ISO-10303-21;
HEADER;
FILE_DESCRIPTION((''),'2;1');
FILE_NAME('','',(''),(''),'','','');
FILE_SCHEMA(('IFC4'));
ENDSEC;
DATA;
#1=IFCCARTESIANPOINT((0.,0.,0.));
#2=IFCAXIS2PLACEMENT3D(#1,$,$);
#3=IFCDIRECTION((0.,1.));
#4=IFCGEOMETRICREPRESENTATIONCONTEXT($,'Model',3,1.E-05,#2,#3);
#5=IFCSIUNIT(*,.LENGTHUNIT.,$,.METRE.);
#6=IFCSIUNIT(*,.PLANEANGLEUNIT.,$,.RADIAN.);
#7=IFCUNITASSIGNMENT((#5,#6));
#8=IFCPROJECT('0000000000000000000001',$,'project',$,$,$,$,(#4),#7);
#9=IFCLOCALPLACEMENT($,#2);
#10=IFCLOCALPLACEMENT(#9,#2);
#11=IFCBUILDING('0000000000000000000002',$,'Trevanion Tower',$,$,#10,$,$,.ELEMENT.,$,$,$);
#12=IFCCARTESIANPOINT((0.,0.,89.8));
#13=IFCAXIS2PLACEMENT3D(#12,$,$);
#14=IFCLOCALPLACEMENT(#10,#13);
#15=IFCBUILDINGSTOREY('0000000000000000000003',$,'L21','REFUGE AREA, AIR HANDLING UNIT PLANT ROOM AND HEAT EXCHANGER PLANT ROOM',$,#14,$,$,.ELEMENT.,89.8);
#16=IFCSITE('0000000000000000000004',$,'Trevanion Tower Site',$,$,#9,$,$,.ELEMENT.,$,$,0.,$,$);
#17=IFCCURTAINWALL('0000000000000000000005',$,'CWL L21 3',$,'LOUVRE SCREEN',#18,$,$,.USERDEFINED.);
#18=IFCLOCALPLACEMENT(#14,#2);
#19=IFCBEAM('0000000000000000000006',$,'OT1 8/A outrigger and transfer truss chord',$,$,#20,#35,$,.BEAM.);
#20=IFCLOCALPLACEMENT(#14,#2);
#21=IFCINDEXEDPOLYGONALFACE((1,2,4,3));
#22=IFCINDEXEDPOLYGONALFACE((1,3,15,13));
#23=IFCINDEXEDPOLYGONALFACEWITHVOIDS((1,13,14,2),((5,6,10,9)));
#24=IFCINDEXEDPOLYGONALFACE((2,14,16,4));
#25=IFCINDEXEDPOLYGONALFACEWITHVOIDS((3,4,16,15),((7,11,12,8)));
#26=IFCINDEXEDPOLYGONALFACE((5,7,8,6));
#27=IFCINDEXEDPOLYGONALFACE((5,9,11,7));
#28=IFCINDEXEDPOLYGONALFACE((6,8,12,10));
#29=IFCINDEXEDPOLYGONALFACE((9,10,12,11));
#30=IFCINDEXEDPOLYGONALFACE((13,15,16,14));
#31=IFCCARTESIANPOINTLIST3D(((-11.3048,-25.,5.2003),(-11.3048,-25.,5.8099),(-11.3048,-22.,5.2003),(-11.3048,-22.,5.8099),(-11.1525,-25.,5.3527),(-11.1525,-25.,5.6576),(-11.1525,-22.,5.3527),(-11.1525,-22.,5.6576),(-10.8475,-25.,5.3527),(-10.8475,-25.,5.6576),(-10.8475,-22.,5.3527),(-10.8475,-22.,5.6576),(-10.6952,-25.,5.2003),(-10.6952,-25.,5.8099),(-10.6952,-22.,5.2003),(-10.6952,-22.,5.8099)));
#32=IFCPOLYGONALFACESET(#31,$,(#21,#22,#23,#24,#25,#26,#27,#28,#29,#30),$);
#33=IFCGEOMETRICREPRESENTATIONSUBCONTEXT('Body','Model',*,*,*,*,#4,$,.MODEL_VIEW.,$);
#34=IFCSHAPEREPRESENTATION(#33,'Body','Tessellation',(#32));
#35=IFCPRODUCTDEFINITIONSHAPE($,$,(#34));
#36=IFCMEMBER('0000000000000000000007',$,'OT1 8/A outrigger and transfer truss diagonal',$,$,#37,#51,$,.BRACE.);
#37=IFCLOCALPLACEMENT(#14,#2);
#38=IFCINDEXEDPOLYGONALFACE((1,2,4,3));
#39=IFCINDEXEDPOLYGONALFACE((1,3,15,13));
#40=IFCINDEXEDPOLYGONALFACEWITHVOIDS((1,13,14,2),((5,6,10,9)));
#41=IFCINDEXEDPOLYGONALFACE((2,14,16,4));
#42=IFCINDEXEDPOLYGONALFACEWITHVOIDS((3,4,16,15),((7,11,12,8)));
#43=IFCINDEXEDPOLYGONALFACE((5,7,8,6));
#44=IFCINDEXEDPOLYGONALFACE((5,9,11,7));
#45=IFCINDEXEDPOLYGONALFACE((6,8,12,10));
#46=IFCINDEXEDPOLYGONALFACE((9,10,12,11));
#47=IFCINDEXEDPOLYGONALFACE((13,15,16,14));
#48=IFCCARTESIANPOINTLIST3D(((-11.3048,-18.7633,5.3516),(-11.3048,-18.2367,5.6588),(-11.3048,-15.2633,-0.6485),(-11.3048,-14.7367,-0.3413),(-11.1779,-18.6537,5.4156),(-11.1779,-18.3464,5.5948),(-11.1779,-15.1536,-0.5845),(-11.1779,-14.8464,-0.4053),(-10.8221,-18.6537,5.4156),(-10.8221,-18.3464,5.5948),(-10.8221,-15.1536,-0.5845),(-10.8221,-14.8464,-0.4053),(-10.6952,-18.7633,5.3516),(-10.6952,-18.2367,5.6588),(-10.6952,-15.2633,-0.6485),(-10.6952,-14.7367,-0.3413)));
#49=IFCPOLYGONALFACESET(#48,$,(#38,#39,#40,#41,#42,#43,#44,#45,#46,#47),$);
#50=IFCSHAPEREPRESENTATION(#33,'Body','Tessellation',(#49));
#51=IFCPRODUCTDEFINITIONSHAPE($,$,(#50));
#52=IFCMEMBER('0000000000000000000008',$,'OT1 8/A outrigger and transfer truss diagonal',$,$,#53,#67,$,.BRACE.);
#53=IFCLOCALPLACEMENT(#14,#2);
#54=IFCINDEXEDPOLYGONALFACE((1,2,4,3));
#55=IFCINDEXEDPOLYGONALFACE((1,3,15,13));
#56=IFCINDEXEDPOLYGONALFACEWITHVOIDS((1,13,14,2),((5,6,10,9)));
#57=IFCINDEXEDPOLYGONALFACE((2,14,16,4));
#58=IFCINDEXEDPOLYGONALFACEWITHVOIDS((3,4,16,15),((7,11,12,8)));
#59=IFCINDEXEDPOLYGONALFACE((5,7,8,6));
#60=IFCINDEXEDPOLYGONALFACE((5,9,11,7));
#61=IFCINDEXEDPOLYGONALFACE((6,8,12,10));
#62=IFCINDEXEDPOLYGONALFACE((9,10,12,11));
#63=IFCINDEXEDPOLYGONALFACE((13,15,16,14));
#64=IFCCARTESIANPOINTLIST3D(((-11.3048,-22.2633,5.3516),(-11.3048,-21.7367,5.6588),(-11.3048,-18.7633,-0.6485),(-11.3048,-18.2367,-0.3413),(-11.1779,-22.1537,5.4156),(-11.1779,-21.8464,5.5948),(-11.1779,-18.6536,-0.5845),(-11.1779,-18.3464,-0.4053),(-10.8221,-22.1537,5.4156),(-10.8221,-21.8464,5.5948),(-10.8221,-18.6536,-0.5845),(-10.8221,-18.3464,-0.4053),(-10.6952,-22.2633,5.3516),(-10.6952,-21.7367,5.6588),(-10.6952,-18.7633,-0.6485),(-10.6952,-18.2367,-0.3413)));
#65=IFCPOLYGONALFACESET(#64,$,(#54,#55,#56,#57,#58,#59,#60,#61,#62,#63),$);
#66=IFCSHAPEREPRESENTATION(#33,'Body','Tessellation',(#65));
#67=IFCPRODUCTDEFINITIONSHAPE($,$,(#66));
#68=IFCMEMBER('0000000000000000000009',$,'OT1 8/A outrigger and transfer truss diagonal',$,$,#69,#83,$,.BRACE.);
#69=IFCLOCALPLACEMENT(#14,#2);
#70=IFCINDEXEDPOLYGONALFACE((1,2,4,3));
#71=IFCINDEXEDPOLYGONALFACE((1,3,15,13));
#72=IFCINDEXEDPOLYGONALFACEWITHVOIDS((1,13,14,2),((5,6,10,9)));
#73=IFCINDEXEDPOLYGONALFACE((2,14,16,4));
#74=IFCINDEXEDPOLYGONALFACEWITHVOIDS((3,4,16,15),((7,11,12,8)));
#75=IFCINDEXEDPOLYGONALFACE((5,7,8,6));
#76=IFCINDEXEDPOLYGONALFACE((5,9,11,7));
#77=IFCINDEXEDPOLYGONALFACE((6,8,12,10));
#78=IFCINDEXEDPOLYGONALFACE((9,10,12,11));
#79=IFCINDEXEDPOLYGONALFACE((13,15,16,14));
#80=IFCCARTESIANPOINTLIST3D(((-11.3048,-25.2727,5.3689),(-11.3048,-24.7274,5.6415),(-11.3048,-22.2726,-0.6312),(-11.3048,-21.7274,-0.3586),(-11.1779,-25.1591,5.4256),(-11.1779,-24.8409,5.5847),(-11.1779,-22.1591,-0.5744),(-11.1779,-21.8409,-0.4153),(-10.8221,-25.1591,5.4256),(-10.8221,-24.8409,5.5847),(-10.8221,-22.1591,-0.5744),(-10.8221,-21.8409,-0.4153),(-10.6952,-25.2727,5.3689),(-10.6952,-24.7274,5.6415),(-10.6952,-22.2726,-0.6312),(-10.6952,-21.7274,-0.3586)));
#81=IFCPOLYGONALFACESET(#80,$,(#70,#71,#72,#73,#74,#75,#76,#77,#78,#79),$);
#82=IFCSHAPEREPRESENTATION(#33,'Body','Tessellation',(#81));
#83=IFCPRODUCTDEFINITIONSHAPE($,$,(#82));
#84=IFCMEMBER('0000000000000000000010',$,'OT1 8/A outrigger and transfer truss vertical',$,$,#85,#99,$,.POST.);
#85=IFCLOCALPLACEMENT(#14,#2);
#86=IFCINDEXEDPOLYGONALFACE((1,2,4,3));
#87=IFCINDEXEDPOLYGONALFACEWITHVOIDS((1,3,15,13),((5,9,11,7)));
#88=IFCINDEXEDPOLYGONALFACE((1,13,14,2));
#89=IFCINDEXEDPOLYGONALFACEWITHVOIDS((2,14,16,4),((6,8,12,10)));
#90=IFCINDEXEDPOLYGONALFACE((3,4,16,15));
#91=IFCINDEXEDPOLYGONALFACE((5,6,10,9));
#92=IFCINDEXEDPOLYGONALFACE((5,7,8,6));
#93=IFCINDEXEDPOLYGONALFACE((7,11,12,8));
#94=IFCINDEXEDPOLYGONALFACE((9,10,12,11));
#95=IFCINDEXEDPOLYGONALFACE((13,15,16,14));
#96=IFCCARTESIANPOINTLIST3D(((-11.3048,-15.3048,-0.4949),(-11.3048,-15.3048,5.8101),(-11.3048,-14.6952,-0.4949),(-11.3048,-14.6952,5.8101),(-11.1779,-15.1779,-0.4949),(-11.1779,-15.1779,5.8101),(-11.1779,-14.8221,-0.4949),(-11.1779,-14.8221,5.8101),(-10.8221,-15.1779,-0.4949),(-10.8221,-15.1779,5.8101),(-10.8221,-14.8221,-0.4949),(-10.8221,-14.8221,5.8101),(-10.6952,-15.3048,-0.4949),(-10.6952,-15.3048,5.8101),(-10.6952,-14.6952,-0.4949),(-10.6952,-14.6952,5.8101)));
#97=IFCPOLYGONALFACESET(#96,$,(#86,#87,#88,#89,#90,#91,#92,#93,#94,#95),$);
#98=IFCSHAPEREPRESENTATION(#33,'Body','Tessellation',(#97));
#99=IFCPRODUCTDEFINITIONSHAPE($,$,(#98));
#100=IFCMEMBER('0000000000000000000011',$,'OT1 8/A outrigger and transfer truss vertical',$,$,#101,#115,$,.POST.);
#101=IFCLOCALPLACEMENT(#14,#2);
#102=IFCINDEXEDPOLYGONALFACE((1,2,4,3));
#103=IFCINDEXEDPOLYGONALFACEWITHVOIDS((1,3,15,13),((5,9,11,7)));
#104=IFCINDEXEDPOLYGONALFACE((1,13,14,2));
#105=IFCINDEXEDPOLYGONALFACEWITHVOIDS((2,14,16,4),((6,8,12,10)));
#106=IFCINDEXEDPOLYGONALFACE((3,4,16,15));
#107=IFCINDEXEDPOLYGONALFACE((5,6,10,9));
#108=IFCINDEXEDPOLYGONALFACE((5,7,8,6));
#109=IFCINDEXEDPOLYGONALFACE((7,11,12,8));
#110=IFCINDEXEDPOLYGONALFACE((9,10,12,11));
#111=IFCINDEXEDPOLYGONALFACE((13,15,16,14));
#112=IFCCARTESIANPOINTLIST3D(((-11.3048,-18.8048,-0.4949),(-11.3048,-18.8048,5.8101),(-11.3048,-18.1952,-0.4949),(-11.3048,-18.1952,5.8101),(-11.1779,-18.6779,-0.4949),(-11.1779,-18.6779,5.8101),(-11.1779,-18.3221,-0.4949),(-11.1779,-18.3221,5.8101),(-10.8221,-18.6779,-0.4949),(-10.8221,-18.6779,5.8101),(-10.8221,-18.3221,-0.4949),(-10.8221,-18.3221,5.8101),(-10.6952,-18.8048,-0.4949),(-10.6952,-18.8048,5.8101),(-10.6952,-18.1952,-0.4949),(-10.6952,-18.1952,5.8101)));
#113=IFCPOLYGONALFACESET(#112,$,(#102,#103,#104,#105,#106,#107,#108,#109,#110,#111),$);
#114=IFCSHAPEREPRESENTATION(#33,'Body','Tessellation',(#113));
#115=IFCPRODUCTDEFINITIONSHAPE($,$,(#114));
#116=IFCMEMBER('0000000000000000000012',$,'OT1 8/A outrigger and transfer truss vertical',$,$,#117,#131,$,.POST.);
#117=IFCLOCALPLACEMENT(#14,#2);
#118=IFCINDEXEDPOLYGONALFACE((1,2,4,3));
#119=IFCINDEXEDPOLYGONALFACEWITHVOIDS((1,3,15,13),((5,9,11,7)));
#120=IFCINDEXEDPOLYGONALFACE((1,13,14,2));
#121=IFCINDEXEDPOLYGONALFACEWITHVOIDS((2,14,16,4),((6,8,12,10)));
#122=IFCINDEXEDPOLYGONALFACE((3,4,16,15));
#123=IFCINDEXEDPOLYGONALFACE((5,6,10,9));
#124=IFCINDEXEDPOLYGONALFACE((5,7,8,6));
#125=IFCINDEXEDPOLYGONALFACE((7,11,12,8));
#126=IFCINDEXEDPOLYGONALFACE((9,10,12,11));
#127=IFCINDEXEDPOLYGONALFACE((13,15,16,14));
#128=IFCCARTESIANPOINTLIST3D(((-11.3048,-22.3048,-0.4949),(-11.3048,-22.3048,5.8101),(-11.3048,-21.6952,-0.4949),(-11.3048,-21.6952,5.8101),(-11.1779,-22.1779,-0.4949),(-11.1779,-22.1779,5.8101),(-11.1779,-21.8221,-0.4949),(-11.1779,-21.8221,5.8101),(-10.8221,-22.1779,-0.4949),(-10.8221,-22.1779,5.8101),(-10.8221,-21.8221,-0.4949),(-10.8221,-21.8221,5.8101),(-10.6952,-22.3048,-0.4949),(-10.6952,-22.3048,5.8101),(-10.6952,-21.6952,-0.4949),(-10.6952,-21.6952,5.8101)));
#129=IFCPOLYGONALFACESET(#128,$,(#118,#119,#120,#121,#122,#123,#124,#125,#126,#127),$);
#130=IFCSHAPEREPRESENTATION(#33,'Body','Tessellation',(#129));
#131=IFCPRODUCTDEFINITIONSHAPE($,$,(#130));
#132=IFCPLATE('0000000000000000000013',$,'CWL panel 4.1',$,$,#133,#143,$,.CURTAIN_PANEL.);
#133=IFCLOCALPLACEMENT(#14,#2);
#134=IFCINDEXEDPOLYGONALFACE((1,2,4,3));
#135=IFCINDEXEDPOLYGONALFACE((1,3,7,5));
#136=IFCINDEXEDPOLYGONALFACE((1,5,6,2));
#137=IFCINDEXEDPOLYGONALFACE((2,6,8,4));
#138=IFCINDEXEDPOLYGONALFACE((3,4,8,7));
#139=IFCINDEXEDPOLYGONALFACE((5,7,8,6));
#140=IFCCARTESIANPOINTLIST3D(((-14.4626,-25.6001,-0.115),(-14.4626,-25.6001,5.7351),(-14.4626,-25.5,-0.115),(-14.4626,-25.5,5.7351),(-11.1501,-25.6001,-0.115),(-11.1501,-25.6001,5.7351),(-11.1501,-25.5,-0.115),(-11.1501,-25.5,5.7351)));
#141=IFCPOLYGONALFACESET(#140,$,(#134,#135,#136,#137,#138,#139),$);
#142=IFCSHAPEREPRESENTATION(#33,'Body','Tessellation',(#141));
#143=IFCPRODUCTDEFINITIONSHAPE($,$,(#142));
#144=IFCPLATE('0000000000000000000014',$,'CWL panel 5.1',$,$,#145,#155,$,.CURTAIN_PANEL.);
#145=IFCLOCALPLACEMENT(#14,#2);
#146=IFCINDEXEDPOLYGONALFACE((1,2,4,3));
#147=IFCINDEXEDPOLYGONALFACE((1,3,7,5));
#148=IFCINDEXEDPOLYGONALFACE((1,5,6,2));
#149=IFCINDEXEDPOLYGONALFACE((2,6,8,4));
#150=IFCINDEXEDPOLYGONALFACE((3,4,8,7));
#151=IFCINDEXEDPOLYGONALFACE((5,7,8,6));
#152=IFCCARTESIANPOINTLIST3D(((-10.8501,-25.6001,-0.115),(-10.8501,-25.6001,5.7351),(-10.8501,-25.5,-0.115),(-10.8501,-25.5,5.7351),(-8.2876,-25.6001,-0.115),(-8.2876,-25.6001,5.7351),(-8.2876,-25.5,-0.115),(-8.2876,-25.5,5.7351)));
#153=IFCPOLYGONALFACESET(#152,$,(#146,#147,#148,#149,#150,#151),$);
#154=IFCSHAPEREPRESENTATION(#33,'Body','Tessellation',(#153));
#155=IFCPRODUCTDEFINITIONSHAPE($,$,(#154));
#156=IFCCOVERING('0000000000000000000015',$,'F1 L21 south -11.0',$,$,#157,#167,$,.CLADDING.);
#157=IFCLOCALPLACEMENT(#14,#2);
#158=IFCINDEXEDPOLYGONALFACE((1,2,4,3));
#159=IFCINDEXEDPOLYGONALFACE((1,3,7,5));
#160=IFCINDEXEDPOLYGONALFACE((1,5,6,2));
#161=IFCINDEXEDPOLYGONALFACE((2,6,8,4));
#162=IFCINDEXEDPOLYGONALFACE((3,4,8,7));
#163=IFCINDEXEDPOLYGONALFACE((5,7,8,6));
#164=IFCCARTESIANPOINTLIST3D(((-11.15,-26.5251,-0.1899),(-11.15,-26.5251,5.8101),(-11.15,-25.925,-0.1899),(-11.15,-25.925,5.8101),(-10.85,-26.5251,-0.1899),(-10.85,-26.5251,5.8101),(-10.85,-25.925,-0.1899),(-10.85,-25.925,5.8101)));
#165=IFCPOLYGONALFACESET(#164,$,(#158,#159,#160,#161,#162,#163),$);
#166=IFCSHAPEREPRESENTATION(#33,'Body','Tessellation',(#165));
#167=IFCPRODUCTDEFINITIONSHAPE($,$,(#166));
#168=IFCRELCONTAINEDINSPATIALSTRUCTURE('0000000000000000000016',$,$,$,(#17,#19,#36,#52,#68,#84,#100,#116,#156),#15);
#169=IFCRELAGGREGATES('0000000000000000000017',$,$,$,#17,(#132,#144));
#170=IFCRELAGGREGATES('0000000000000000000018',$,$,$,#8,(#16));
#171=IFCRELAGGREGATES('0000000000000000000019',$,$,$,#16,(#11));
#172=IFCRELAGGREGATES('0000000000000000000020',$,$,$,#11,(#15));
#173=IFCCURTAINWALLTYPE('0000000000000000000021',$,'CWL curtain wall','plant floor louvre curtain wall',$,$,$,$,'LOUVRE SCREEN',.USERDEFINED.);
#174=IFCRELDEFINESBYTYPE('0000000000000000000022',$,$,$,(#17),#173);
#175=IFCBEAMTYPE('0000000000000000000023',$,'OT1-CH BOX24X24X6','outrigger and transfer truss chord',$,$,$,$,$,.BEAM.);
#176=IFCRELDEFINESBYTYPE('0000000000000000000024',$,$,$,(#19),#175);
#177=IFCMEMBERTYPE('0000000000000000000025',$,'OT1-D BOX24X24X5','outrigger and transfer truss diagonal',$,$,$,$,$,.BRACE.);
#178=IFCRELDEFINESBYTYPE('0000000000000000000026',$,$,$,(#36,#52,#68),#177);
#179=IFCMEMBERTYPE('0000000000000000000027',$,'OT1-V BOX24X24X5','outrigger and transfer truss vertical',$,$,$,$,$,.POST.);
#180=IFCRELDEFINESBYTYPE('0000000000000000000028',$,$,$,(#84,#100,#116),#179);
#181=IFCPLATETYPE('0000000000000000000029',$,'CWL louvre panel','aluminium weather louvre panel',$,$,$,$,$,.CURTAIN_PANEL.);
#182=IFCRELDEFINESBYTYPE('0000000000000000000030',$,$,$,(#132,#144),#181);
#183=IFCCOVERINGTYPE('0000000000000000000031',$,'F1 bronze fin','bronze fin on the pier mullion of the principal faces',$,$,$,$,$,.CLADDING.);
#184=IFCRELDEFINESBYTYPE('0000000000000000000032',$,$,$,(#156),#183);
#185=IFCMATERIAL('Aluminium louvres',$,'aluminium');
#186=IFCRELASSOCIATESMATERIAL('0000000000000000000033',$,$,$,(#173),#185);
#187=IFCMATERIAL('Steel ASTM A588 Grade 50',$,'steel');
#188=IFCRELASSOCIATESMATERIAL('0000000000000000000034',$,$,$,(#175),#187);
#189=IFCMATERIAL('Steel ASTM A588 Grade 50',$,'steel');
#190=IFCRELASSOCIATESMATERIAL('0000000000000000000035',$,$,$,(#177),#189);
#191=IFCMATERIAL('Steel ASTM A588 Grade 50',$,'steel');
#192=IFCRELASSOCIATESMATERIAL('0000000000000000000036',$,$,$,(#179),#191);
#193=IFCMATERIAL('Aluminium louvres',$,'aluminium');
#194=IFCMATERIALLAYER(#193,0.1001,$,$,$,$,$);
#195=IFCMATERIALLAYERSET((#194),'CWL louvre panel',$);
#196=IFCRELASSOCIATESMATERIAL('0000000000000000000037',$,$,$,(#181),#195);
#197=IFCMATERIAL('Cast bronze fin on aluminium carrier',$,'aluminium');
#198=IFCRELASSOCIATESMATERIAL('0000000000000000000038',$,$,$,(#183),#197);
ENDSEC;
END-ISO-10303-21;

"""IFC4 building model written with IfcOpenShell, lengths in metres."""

from ifc_helpers import new_model, si_unit, direction, frame, origin, origin_2d, place, context, subcontext, project, spatial, rectangle, hollow_rectangle, extrude, material, layer, layer_set, material_profile, profile_set, type_object, element, aggregate, save


model = new_model("IFC4")

# Units and contexts
model_context = context("Model", 3, precision=1e-05, world=origin(), true_north=direction((0.0, 1.0)))
body_context = subcontext(model_context, "Body", "Model", "MODEL_VIEW")
ifc_project = project(units=[si_unit("LENGTHUNIT", "METRE"), si_unit("PLANEANGLEUNIT", "RADIAN")], contexts=[model_context])

# Site, building, storey
site_placement = place(None, origin())
site = spatial("IfcSite", under=ifc_project, at=site_placement, Name="Trevanion Tower Site", CompositionType="ELEMENT", RefElevation=0.0)
building_placement = place(site_placement, origin())
building = spatial("IfcBuilding", under=site, at=building_placement, Name="Trevanion Tower", CompositionType="ELEMENT")
storey_placement = place(building_placement, frame((0.0, 0.0, 89.8)))
storey = spatial("IfcBuildingStorey", under=building, at=storey_placement, Name="L21", Description="REFUGE AREA, AIR HANDLING UNIT PLANT ROOM AND HEAT EXCHANGER PLANT ROOM", CompositionType="ELEMENT", Elevation=89.8)

# Curtain wall
ifc_material_1 = material(Name="Aluminium louvres", Category="aluminium")
curtain_wall_type = type_object("IfcCurtainWallType", Name="CWL curtain wall", Description="plant floor louvre curtain wall", ElementType="LOUVRE SCREEN", PredefinedType="USERDEFINED", material=ifc_material_1)
curtain_wall_placement = place(storey_placement, origin())
curtain_wall = element("IfcCurtainWall", 1, at=curtain_wall_placement, inside=storey, type_object=curtain_wall_type, Name="CWL L21 3", ObjectType="LOUVRE SCREEN", PredefinedType="USERDEFINED")

# Beam
ifc_material_2 = material(Name="Steel ASTM A588 Grade 50", Category="steel")
ifc_material_profile_1 = material_profile(ifc_material_2, hollow_rectangle(XDim=0.6096, YDim=0.6096, WallThickness=0.1523, at=origin_2d()), Name="BOX24X24X6")
ifc_profile_set_1 = profile_set([ifc_material_profile_1], Name="Steel ASTM A588 Grade 50")
beam_type_1 = type_object("IfcBeamType", Name="OT1-CH BOX24X24X6", Description="outrigger and transfer truss chord", PredefinedType="BEAM", material=ifc_profile_set_1)
beam_placement = place(storey_placement, frame((-11.0, -22.0, 5.5051), z_axis=(0.0, -1.0, 0.0), x_axis=(1.0, 0.0, 0.0)))
element("IfcBeam", 2, at=beam_placement, inside=storey, type_object=beam_type_1, Name="OT1 8/A outrigger and transfer truss chord", PredefinedType="BEAM", context=body_context, shape_type="SweptSolid", body=[
    extrude(hollow_rectangle(XDim=0.6096, YDim=0.6096, WallThickness=0.1523, at=origin_2d()), origin(), (0.0, 0.0, 1.0), 3.0),
])

# Members
ifc_material_3 = material(Name="Steel ASTM A588 Grade 50", Category="steel")
ifc_material_profile_2 = material_profile(ifc_material_3, hollow_rectangle(XDim=0.6096, YDim=0.6096, WallThickness=0.127, at=origin_2d()), Name="BOX24X24X5")
ifc_profile_set_2 = profile_set([ifc_material_profile_2], Name="Steel ASTM A588 Grade 50")
member_type_1 = type_object("IfcMemberType", Name="OT1-D BOX24X24X5", Description="outrigger and transfer truss diagonal", PredefinedType="BRACE", material=ifc_profile_set_2)
for number, where, z_axis, x_axis, name in (
    (3, (-11.0, -15.0, -0.4949), (0.0, -0.503871, 0.863779), (1.0, 0.0, 0.0), "OT1 8/A outrigger and transfer truss diagonal"),
    (4, (-11.0, -18.5, -0.4949), (0.0, -0.503871, 0.863779), (1.0, 0.0, 0.0), "OT1 8/A outrigger and transfer truss diagonal"),
):
    element("IfcMember", number, at=place(storey_placement, frame(where, z_axis=z_axis, x_axis=x_axis)), inside=storey, type_object=member_type_1, Name=name, PredefinedType="BRACE", context=body_context, shape_type="SweptSolid", body=[
        extrude(hollow_rectangle(XDim=0.6096, YDim=0.6096, WallThickness=0.127, at=origin_2d()), origin(), (0.0, 0.0, 1.0), 6.9463),
    ])
member_1_placement = place(storey_placement, frame((-11.0, -22.0, -0.4949), z_axis=(0.0, -0.447214, 0.894427), x_axis=(1.0, 0.0, 0.0)))
element("IfcMember", 5, at=member_1_placement, inside=storey, type_object=member_type_1, Name="OT1 8/A outrigger and transfer truss diagonal", PredefinedType="BRACE", context=body_context, shape_type="SweptSolid", body=[
    extrude(hollow_rectangle(XDim=0.6096, YDim=0.6096, WallThickness=0.127, at=origin_2d()), origin(), (0.0, 0.0, 1.0), 6.7083),
])
ifc_material_4 = material(Name="Steel ASTM A588 Grade 50", Category="steel")
ifc_material_profile_3 = material_profile(ifc_material_4, hollow_rectangle(XDim=0.6096, YDim=0.6096, WallThickness=0.127, at=origin_2d()), Name="BOX24X24X5")
ifc_profile_set_3 = profile_set([ifc_material_profile_3], Name="Steel ASTM A588 Grade 50")
member_type_2 = type_object("IfcMemberType", Name="OT1-V BOX24X24X5", Description="outrigger and transfer truss vertical", PredefinedType="POST", material=ifc_profile_set_3)
for number, where, z_axis, x_axis, name in (
    (6, (-11.0, -15.0, -0.4949), (0.0, 0.0, 1.0), (1.0, 0.0, 0.0), "OT1 8/A outrigger and transfer truss vertical"),
    (7, (-11.0, -18.5, -0.4949), (0.0, 0.0, 1.0), (1.0, 0.0, 0.0), "OT1 8/A outrigger and transfer truss vertical"),
    (8, (-11.0, -22.0, -0.4949), (0.0, 0.0, 1.0), (1.0, 0.0, 0.0), "OT1 8/A outrigger and transfer truss vertical"),
):
    element("IfcMember", number, at=place(storey_placement, frame(where, z_axis=z_axis, x_axis=x_axis)), inside=storey, type_object=member_type_2, Name=name, PredefinedType="POST", context=body_context, shape_type="SweptSolid", body=[
        extrude(hollow_rectangle(XDim=0.6096, YDim=0.6096, WallThickness=0.127, at=origin_2d()), origin(), (0.0, 0.0, 1.0), 6.3049),
    ])

# Plates
ifc_material_5 = material(Name="Aluminium louvres", Category="aluminium")
ifc_layer = layer(ifc_material_5, 0.1001)
ifc_layer_set = layer_set([ifc_layer], Name="CWL louvre panel")
plate_type = type_object("IfcPlateType", Name="CWL louvre panel", Description="aluminium weather louvre panel", PredefinedType="CURTAIN_PANEL", material=ifc_layer_set)
plate_1_placement = place(storey_placement, frame((-12.8064, -25.55, -0.115), z_axis=(0.0, 0.0, 1.0), x_axis=(1.0, 0.0, 0.0)))
plate_1 = element("IfcPlate", 9, at=plate_1_placement, type_object=plate_type, Name="CWL panel 4.1", PredefinedType="CURTAIN_PANEL", context=body_context, shape_type="SweptSolid", body=[
    extrude(rectangle(XDim=3.3125, YDim=0.1001, at=origin_2d()), origin(), (0.0, 0.0, 1.0), 5.8501),
])
plate_2_placement = place(storey_placement, frame((-9.5688, -25.55, -0.115), z_axis=(0.0, 0.0, 1.0), x_axis=(1.0, 0.0, 0.0)))
plate_2 = element("IfcPlate", 10, at=plate_2_placement, type_object=plate_type, Name="CWL panel 5.1", PredefinedType="CURTAIN_PANEL", context=body_context, shape_type="SweptSolid", body=[
    extrude(rectangle(XDim=2.5625, YDim=0.1001, at=origin_2d()), origin(), (0.0, 0.0, 1.0), 5.8501),
])
aggregate(curtain_wall, [plate_1, plate_2])

# Covering
ifc_material_6 = material(Name="Cast bronze fin on aluminium carrier", Category="aluminium")
covering_type = type_object("IfcCoveringType", Name="F1 bronze fin", Description="bronze fin on the pier mullion of the principal faces", PredefinedType="CLADDING", material=ifc_material_6)
covering_placement = place(storey_placement, frame((-11.0, -26.2251, -0.1899), z_axis=(0.0, 0.0, 1.0), x_axis=(1.0, 0.0, 0.0)))
element("IfcCovering", 11, at=covering_placement, inside=storey, type_object=covering_type, Name="F1 L21 south -11.0", PredefinedType="CLADDING", context=body_context, shape_type="SweptSolid", body=[
    extrude(rectangle(XDim=0.3, YDim=0.6001, at=origin_2d()), origin(), (0.0, 0.0, 1.0), 6.0),
])

save(model, "model.ifc")
